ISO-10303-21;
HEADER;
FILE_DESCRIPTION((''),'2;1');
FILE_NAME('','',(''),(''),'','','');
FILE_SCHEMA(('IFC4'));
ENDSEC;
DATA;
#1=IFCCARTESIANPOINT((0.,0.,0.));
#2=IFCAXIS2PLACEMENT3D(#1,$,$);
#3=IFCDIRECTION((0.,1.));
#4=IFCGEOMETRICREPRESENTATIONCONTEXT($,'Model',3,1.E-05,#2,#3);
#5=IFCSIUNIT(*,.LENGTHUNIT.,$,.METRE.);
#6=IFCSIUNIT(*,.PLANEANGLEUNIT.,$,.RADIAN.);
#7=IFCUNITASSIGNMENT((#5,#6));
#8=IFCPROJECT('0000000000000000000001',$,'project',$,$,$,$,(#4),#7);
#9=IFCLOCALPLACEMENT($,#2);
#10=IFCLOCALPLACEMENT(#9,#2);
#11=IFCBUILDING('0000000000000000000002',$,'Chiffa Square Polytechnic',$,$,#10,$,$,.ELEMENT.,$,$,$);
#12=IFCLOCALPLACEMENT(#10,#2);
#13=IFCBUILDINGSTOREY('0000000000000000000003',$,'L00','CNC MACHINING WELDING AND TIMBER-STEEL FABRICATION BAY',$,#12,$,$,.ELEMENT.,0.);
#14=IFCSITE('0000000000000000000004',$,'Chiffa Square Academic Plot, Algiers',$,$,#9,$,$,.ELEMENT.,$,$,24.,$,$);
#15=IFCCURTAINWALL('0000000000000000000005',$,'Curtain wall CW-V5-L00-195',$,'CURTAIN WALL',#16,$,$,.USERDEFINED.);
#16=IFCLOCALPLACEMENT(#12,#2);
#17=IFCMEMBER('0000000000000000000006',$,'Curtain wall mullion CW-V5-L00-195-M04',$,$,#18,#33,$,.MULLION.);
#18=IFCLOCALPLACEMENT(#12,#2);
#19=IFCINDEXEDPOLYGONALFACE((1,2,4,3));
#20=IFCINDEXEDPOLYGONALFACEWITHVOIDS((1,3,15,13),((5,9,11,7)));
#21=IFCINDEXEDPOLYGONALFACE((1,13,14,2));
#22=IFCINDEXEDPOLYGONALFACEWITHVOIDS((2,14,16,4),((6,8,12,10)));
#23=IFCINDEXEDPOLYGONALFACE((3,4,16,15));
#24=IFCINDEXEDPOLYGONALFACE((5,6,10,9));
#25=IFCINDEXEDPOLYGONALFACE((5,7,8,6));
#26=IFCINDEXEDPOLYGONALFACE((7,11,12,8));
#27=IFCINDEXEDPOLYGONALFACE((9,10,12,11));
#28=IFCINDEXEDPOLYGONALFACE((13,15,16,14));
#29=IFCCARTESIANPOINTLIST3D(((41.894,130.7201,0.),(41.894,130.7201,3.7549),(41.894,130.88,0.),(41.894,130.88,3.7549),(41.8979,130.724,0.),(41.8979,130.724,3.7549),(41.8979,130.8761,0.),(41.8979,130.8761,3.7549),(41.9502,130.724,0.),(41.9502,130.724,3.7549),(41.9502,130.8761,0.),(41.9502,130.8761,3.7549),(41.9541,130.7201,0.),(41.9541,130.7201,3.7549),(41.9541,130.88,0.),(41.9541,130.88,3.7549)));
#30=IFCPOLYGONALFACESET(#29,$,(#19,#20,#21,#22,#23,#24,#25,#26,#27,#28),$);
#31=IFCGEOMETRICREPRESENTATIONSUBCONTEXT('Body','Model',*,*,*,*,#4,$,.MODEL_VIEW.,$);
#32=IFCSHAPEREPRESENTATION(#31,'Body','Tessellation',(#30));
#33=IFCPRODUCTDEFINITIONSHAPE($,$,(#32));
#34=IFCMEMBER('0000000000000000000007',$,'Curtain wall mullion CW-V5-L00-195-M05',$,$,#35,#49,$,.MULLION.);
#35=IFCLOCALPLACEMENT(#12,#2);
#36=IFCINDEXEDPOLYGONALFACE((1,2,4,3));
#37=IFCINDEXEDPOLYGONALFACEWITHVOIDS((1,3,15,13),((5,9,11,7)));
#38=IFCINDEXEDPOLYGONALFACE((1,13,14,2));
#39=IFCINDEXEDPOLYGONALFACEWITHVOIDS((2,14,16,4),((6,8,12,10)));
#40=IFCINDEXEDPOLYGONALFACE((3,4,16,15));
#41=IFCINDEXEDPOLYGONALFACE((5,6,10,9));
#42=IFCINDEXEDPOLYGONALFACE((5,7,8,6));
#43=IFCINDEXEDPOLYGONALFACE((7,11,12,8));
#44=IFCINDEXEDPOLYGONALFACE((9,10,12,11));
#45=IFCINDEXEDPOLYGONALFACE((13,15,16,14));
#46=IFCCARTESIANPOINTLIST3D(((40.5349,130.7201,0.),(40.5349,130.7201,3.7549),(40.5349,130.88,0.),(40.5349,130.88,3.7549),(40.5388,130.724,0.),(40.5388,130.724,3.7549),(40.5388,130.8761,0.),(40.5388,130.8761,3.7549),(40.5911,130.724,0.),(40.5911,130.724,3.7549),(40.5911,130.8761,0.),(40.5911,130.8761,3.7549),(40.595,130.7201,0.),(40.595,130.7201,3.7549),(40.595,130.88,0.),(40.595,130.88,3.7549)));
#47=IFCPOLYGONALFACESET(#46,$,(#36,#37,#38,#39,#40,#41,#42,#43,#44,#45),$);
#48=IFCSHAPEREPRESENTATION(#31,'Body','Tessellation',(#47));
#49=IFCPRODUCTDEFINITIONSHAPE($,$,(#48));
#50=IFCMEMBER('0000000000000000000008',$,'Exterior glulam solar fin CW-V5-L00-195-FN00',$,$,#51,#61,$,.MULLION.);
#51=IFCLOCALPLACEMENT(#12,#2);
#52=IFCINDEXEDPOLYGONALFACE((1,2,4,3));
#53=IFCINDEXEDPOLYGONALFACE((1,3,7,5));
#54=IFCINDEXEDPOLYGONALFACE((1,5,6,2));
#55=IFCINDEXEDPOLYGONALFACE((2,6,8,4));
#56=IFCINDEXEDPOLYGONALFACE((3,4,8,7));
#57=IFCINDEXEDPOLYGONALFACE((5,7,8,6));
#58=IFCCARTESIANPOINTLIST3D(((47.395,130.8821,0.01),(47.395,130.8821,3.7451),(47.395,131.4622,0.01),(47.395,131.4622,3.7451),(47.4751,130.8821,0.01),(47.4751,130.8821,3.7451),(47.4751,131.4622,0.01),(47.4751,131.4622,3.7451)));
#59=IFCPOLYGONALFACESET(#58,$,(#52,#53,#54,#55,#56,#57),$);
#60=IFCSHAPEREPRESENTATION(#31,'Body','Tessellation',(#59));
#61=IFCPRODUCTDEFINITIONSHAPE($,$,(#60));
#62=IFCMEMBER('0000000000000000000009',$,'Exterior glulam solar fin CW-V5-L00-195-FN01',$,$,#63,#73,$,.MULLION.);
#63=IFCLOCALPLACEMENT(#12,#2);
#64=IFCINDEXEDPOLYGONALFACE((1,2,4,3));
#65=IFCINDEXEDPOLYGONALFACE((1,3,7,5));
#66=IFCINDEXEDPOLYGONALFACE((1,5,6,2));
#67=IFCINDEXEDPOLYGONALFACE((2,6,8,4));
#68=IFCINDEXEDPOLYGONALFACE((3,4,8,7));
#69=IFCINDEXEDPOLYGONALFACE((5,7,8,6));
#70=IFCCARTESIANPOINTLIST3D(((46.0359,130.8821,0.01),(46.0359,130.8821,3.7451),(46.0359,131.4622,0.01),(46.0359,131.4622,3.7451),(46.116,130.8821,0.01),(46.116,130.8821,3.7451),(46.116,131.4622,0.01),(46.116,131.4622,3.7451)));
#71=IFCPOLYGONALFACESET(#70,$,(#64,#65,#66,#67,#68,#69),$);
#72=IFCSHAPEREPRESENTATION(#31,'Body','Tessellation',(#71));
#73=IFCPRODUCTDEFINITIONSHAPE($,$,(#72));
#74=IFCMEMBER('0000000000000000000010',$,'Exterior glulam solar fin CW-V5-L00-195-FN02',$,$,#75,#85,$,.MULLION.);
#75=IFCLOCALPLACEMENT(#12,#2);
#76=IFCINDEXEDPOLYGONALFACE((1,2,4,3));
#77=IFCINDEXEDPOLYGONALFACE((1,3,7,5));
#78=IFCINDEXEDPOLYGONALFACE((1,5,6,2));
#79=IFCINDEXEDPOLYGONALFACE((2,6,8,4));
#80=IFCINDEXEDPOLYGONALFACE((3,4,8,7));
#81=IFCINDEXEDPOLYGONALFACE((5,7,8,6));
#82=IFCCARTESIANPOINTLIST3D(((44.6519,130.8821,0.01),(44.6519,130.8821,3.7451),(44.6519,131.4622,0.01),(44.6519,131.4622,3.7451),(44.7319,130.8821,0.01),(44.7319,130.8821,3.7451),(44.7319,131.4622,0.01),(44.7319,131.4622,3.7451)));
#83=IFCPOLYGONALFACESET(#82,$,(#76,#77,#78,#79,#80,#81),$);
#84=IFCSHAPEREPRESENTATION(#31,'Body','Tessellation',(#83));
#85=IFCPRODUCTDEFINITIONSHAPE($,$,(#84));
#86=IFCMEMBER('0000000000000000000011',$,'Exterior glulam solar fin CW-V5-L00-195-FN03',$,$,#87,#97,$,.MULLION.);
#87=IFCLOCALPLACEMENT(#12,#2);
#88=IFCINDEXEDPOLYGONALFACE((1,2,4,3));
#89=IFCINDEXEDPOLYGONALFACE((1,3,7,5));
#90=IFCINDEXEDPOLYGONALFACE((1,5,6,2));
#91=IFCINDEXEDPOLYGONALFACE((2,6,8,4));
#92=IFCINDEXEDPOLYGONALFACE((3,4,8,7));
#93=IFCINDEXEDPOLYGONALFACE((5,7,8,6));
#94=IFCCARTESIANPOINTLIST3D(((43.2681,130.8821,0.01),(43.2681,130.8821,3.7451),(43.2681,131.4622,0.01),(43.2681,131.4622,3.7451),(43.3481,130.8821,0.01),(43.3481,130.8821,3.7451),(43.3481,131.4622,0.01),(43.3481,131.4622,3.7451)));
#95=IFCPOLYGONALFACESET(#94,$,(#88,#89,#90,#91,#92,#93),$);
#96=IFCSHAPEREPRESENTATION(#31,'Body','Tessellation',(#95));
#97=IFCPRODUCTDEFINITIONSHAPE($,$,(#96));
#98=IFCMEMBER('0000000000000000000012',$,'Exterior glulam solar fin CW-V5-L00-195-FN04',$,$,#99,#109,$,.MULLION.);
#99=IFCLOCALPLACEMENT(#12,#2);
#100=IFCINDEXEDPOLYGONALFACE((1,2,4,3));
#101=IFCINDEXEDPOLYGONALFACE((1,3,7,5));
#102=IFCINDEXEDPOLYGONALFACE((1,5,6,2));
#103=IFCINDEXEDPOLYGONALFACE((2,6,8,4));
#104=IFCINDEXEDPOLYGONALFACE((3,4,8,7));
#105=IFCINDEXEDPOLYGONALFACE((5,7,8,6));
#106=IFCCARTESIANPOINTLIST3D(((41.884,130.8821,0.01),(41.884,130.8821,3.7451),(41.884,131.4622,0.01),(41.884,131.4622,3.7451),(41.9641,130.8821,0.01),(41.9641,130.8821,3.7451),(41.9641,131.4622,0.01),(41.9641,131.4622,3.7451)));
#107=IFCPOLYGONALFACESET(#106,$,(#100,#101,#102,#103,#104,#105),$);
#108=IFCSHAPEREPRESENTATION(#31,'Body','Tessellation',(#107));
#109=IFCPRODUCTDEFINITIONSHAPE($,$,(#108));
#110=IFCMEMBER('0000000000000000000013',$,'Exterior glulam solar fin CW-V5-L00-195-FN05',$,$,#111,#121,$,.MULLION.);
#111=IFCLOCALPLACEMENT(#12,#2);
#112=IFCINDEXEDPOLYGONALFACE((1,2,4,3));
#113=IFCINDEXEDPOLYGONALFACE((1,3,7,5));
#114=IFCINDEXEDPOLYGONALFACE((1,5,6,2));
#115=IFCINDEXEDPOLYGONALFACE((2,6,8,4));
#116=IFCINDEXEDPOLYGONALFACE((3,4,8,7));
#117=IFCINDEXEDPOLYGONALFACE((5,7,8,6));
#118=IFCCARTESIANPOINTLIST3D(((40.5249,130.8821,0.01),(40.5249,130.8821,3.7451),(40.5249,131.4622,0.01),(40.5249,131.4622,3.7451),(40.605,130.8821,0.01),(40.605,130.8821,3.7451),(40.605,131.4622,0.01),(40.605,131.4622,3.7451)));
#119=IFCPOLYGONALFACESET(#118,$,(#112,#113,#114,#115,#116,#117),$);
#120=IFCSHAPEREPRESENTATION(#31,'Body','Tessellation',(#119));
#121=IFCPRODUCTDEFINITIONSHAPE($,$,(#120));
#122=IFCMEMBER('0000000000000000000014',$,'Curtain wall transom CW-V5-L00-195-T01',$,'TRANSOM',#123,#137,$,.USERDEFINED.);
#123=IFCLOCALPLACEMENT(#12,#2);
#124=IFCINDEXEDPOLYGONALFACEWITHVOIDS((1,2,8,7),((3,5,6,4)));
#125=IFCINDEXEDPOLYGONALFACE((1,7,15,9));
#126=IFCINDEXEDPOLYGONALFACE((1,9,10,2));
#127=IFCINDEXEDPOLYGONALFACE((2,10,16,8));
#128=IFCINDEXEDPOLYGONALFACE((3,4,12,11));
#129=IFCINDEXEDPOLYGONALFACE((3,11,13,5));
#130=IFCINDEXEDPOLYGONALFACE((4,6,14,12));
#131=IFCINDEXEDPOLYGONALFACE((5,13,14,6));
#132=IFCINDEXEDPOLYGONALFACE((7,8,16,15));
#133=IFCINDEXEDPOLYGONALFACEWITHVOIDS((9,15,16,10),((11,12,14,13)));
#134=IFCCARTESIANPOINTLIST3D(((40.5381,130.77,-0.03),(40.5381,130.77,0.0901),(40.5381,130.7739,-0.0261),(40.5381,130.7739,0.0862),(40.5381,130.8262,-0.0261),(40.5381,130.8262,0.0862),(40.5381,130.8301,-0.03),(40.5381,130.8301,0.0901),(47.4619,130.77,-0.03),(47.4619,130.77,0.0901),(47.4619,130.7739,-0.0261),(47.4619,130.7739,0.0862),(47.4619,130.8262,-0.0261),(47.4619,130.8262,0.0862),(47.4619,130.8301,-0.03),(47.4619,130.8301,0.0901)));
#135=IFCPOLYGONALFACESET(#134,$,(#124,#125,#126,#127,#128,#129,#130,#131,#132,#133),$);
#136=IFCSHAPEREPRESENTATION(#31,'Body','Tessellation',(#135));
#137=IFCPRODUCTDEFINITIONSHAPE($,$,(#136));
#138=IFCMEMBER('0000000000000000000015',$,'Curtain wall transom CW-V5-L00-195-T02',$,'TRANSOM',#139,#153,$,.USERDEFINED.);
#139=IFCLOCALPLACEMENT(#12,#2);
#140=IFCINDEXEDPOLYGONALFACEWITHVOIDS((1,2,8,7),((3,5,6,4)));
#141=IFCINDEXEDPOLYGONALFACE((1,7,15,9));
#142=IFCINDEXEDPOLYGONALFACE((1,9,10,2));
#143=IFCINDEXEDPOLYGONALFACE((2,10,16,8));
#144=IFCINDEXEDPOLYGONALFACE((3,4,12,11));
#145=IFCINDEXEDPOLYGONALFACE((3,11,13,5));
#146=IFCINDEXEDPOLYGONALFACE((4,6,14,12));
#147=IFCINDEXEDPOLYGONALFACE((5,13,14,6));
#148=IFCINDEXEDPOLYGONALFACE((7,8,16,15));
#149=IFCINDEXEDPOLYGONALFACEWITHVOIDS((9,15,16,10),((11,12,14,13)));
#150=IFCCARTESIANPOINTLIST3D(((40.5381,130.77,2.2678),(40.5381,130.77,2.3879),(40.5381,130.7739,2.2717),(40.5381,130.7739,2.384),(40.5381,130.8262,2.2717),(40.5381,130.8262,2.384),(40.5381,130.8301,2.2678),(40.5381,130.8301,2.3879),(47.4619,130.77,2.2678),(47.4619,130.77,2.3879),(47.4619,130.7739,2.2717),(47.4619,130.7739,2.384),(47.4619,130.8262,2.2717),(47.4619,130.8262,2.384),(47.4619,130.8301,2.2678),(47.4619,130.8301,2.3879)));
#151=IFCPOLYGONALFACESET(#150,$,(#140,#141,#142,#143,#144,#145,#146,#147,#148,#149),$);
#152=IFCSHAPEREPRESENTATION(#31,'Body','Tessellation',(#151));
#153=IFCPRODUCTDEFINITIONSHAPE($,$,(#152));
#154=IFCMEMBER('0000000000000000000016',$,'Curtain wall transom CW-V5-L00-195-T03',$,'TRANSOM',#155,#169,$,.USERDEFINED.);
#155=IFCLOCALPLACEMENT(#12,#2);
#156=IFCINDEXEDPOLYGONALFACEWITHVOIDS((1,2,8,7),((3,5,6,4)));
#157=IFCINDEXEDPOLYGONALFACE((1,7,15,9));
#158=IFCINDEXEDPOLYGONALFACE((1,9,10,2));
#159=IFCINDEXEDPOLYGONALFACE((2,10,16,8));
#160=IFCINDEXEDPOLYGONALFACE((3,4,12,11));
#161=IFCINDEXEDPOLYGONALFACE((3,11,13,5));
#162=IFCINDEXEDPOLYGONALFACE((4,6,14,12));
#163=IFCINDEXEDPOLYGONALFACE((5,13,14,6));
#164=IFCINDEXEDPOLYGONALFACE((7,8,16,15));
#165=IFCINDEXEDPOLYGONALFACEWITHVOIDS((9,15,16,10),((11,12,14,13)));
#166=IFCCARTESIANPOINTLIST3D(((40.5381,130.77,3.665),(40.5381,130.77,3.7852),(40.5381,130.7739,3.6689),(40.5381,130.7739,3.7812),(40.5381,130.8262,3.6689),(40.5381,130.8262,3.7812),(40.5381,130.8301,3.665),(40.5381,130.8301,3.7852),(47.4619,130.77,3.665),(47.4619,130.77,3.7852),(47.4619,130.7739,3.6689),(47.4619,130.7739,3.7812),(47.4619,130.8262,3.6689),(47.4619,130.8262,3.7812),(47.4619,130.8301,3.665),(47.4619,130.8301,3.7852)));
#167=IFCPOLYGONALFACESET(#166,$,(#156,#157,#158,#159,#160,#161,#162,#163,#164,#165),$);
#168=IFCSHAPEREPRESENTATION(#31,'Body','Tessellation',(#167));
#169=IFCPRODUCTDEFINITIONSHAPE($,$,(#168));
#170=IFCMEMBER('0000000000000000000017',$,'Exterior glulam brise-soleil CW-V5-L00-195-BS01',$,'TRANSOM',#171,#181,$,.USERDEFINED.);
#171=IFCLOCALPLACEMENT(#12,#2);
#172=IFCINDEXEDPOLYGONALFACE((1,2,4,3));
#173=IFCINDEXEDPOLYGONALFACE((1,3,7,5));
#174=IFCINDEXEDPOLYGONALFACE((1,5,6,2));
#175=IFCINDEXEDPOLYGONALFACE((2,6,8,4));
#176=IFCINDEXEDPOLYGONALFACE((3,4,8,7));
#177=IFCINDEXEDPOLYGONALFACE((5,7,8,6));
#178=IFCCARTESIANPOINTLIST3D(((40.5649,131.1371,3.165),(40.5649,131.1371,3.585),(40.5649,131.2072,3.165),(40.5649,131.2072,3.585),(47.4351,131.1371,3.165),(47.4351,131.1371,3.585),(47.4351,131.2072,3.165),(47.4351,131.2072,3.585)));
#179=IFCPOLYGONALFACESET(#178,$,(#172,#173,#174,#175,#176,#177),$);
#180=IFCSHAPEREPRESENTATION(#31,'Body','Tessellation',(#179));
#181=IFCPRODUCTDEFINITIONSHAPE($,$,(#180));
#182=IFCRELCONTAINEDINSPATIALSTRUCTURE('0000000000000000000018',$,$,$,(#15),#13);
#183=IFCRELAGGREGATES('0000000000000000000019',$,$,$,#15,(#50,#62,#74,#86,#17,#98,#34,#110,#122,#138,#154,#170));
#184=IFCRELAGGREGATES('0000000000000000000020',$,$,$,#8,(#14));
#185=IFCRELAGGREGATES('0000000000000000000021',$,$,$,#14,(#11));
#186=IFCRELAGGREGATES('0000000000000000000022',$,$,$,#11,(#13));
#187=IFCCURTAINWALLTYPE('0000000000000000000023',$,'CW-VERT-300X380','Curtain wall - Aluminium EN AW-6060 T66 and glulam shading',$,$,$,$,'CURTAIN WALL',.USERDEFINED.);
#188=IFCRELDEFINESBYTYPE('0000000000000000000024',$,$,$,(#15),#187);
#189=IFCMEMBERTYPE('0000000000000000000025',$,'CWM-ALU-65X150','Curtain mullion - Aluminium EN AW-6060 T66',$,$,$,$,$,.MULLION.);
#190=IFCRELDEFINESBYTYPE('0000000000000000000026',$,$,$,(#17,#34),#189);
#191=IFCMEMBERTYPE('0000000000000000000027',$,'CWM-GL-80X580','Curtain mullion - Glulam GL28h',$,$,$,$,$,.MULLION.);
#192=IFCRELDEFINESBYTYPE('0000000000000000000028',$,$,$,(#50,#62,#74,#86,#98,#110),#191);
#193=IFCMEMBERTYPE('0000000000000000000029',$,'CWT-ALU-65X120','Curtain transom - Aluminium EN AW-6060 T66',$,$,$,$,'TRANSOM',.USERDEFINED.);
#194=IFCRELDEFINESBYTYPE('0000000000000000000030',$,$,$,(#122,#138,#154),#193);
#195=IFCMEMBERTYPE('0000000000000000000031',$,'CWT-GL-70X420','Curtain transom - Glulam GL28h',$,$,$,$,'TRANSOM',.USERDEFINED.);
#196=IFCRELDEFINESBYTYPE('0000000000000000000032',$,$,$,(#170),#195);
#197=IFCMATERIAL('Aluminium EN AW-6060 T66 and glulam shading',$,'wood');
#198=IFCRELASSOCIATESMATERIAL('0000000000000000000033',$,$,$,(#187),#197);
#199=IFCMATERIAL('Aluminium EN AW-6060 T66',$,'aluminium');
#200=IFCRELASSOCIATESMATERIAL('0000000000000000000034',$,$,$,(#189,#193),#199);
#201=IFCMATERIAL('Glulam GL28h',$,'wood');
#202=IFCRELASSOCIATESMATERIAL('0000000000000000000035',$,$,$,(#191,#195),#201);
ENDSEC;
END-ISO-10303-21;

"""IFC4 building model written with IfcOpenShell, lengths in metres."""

from ifc_helpers import new_model, si_unit, direction, frame, origin, origin_2d, place, context, subcontext, project, spatial, rectangle, hollow_rectangle, extrude, material, material_profile, profile_set, type_object, element, aggregate, save


model = new_model("IFC4")

# Units and contexts
model_context = context("Model", 3, precision=1e-05, world=origin(), true_north=direction((0.0, 1.0)))
body_context = subcontext(model_context, "Body", "Model", "MODEL_VIEW")
ifc_project = project(units=[si_unit("LENGTHUNIT", "METRE"), si_unit("PLANEANGLEUNIT", "RADIAN")], contexts=[model_context])

# Site, building, storey
site_placement = place(None, origin())
site = spatial("IfcSite", under=ifc_project, at=site_placement, Name="Chiffa Square Academic Plot, Algiers", CompositionType="ELEMENT", RefElevation=24.0)
building_placement = place(site_placement, origin())
building = spatial("IfcBuilding", under=site, at=building_placement, Name="Chiffa Square Polytechnic", CompositionType="ELEMENT")
storey_placement = place(building_placement, origin())
storey = spatial("IfcBuildingStorey", under=building, at=storey_placement, Name="L00", Description="CNC MACHINING WELDING AND TIMBER-STEEL FABRICATION BAY", CompositionType="ELEMENT", Elevation=0.0)

# Curtain wall, members
ifc_material_1 = material(Name="Aluminium EN AW-6060 T66 and glulam shading", Category="wood")
curtain_wall_type = type_object("IfcCurtainWallType", Name="CW-VERT-300X380", Description="Curtain wall - Aluminium EN AW-6060 T66 and glulam shading", ElementType="CURTAIN WALL", PredefinedType="USERDEFINED", material=ifc_material_1)
curtain_wall_placement = place(storey_placement, origin())
curtain_wall = element("IfcCurtainWall", 1, at=curtain_wall_placement, inside=storey, type_object=curtain_wall_type, Name="Curtain wall CW-V5-L00-195", ObjectType="CURTAIN WALL", PredefinedType="USERDEFINED")
ifc_material_2 = material(Name="Aluminium EN AW-6060 T66", Category="aluminium")
ifc_material_profile_1 = material_profile(ifc_material_2, hollow_rectangle(XDim=0.0601, YDim=0.1599, WallThickness=0.0039, at=origin_2d()), Name="ALU 60x160x4")
ifc_profile_set_1 = profile_set([ifc_material_profile_1], Name="Aluminium EN AW-6060 T66")
member_type_1 = type_object("IfcMemberType", Name="CWM-ALU-65X150", Description="Curtain mullion - Aluminium EN AW-6060 T66", PredefinedType="MULLION", material=ifc_profile_set_1)
member_1_placement = place(storey_placement, frame((41.9241, 130.8, 0.0), z_axis=(0.0, 0.0, 1.0), x_axis=(1.0, 0.0, 0.0)))
member_1 = element("IfcMember", 2, at=member_1_placement, type_object=member_type_1, Name="Curtain wall mullion CW-V5-L00-195-M04", PredefinedType="MULLION", context=body_context, shape_type="SweptSolid", body=[
    extrude(hollow_rectangle(XDim=0.0601, YDim=0.1599, WallThickness=0.0039, at=origin_2d()), origin(), (0.0, 0.0, 1.0), 3.7549),
])
member_2_placement = place(storey_placement, frame((40.5649, 130.8, 0.0), z_axis=(0.0, 0.0, 1.0), x_axis=(1.0, 0.0, 0.0)))
member_2 = element("IfcMember", 3, at=member_2_placement, type_object=member_type_1, Name="Curtain wall mullion CW-V5-L00-195-M05", PredefinedType="MULLION", context=body_context, shape_type="SweptSolid", body=[
    extrude(hollow_rectangle(XDim=0.0601, YDim=0.1599, WallThickness=0.0039, at=origin_2d()), origin(), (0.0, 0.0, 1.0), 3.7549),
])
ifc_material_3 = material(Name="Glulam GL28h", Category="wood")
ifc_material_profile_2 = material_profile(ifc_material_3, rectangle(XDim=0.0801, YDim=0.5801, at=origin_2d()), Name="GL28h 80x580")
ifc_profile_set_2 = profile_set([ifc_material_profile_2], Name="Glulam GL28h")
member_type_2 = type_object("IfcMemberType", Name="CWM-GL-80X580", Description="Curtain mullion - Glulam GL28h", PredefinedType="MULLION", material=ifc_profile_set_2)
member_3_placement = place(storey_placement, frame((47.4351, 131.1721, 0.01), z_axis=(0.0, 0.0, 1.0), x_axis=(-1.0, 0.0, 0.0)))
member_3 = element("IfcMember", 4, at=member_3_placement, type_object=member_type_2, Name="Exterior glulam solar fin CW-V5-L00-195-FN00", PredefinedType="MULLION", context=body_context, shape_type="SweptSolid", body=[
    extrude(rectangle(XDim=0.0801, YDim=0.5801, at=origin_2d()), origin(), (0.0, 0.0, 1.0), 3.7351),
])
member_4_placement = place(storey_placement, frame((46.0759, 131.1721, 0.01), z_axis=(0.0, 0.0, 1.0), x_axis=(-1.0, 0.0, 0.0)))
member_4 = element("IfcMember", 5, at=member_4_placement, type_object=member_type_2, Name="Exterior glulam solar fin CW-V5-L00-195-FN01", PredefinedType="MULLION", context=body_context, shape_type="SweptSolid", body=[
    extrude(rectangle(XDim=0.0801, YDim=0.5801, at=origin_2d()), origin(), (0.0, 0.0, 1.0), 3.7351),
])
member_5_placement = place(storey_placement, frame((44.6919, 131.1721, 0.01), z_axis=(0.0, 0.0, 1.0), x_axis=(-1.0, 0.0, 0.0)))
member_5 = element("IfcMember", 6, at=member_5_placement, type_object=member_type_2, Name="Exterior glulam solar fin CW-V5-L00-195-FN02", PredefinedType="MULLION", context=body_context, shape_type="SweptSolid", body=[
    extrude(rectangle(XDim=0.0801, YDim=0.5801, at=origin_2d()), origin(), (0.0, 0.0, 1.0), 3.7351),
])
member_6_placement = place(storey_placement, frame((43.3081, 131.1721, 0.01), z_axis=(0.0, 0.0, 1.0), x_axis=(-1.0, 0.0, 0.0)))
member_6 = element("IfcMember", 7, at=member_6_placement, type_object=member_type_2, Name="Exterior glulam solar fin CW-V5-L00-195-FN03", PredefinedType="MULLION", context=body_context, shape_type="SweptSolid", body=[
    extrude(rectangle(XDim=0.0801, YDim=0.5801, at=origin_2d()), origin(), (0.0, 0.0, 1.0), 3.7351),
])
member_7_placement = place(storey_placement, frame((41.9241, 131.1721, 0.01), z_axis=(0.0, 0.0, 1.0), x_axis=(-1.0, 0.0, 0.0)))
member_7 = element("IfcMember", 8, at=member_7_placement, type_object=member_type_2, Name="Exterior glulam solar fin CW-V5-L00-195-FN04", PredefinedType="MULLION", context=body_context, shape_type="SweptSolid", body=[
    extrude(rectangle(XDim=0.0801, YDim=0.5801, at=origin_2d()), origin(), (0.0, 0.0, 1.0), 3.7351),
])
member_8_placement = place(storey_placement, frame((40.5649, 131.1721, 0.01), z_axis=(0.0, 0.0, 1.0), x_axis=(-1.0, 0.0, 0.0)))
member_8 = element("IfcMember", 9, at=member_8_placement, type_object=member_type_2, Name="Exterior glulam solar fin CW-V5-L00-195-FN05", PredefinedType="MULLION", context=body_context, shape_type="SweptSolid", body=[
    extrude(rectangle(XDim=0.0801, YDim=0.5801, at=origin_2d()), origin(), (0.0, 0.0, 1.0), 3.7351),
])
ifc_material_profile_3 = material_profile(ifc_material_2, hollow_rectangle(XDim=0.0601, YDim=0.1201, WallThickness=0.0039, at=origin_2d()), Name="ALU 60x120x4")
ifc_profile_set_3 = profile_set([ifc_material_profile_3], Name="Aluminium EN AW-6060 T66")
member_type_3 = type_object("IfcMemberType", Name="CWT-ALU-65X120", Description="Curtain transom - Aluminium EN AW-6060 T66", ElementType="TRANSOM", PredefinedType="USERDEFINED", material=ifc_profile_set_3)
member_9_placement = place(storey_placement, frame((47.4619, 130.8, 0.03), z_axis=(-1.0, 0.0, 0.0), x_axis=(0.0, -1.0, 0.0)))
member_9 = element("IfcMember", 10, at=member_9_placement, type_object=member_type_3, Name="Curtain wall transom CW-V5-L00-195-T01", ObjectType="TRANSOM", PredefinedType="USERDEFINED", context=body_context, shape_type="SweptSolid", body=[
    extrude(hollow_rectangle(XDim=0.0601, YDim=0.1201, WallThickness=0.0039, at=origin_2d()), origin(), (0.0, 0.0, 1.0), 6.9238),
])
member_10_placement = place(storey_placement, frame((47.4619, 130.8, 2.3279), z_axis=(-1.0, 0.0, 0.0), x_axis=(0.0, -1.0, 0.0)))
member_10 = element("IfcMember", 11, at=member_10_placement, type_object=member_type_3, Name="Curtain wall transom CW-V5-L00-195-T02", ObjectType="TRANSOM", PredefinedType="USERDEFINED", context=body_context, shape_type="SweptSolid", body=[
    extrude(hollow_rectangle(XDim=0.0601, YDim=0.1201, WallThickness=0.0039, at=origin_2d()), origin(), (0.0, 0.0, 1.0), 6.9238),
])
member_11_placement = place(storey_placement, frame((47.4619, 130.8, 3.7251), z_axis=(-1.0, 0.0, 0.0), x_axis=(0.0, -1.0, 0.0)))
member_11 = element("IfcMember", 12, at=member_11_placement, type_object=member_type_3, Name="Curtain wall transom CW-V5-L00-195-T03", ObjectType="TRANSOM", PredefinedType="USERDEFINED", context=body_context, shape_type="SweptSolid", body=[
    extrude(hollow_rectangle(XDim=0.0601, YDim=0.1201, WallThickness=0.0039, at=origin_2d()), origin(), (0.0, 0.0, 1.0), 6.9238),
])
ifc_material_profile_4 = material_profile(ifc_material_3, rectangle(XDim=0.0701, YDim=0.4199, at=origin_2d()), Name="GL28h 70x420")
ifc_profile_set_4 = profile_set([ifc_material_profile_4], Name="Glulam GL28h")
member_type_4 = type_object("IfcMemberType", Name="CWT-GL-70X420", Description="Curtain transom - Glulam GL28h", ElementType="TRANSOM", PredefinedType="USERDEFINED", material=ifc_profile_set_4)
member_12_placement = place(storey_placement, frame((47.4351, 131.1721, 3.375), z_axis=(-1.0, 0.0, 0.0), x_axis=(0.0, -1.0, 0.0)))
member_12 = element("IfcMember", 13, at=member_12_placement, type_object=member_type_4, Name="Exterior glulam brise-soleil CW-V5-L00-195-BS01", ObjectType="TRANSOM", PredefinedType="USERDEFINED", context=body_context, shape_type="SweptSolid", body=[
    extrude(rectangle(XDim=0.0701, YDim=0.4199, at=origin_2d()), origin(), (0.0, 0.0, 1.0), 6.8701),
])

aggregate(curtain_wall, [member_3, member_4, member_5, member_6, member_1, member_7, member_2, member_8, member_9, member_10, member_11, member_12])

save(model, "model.ifc")
